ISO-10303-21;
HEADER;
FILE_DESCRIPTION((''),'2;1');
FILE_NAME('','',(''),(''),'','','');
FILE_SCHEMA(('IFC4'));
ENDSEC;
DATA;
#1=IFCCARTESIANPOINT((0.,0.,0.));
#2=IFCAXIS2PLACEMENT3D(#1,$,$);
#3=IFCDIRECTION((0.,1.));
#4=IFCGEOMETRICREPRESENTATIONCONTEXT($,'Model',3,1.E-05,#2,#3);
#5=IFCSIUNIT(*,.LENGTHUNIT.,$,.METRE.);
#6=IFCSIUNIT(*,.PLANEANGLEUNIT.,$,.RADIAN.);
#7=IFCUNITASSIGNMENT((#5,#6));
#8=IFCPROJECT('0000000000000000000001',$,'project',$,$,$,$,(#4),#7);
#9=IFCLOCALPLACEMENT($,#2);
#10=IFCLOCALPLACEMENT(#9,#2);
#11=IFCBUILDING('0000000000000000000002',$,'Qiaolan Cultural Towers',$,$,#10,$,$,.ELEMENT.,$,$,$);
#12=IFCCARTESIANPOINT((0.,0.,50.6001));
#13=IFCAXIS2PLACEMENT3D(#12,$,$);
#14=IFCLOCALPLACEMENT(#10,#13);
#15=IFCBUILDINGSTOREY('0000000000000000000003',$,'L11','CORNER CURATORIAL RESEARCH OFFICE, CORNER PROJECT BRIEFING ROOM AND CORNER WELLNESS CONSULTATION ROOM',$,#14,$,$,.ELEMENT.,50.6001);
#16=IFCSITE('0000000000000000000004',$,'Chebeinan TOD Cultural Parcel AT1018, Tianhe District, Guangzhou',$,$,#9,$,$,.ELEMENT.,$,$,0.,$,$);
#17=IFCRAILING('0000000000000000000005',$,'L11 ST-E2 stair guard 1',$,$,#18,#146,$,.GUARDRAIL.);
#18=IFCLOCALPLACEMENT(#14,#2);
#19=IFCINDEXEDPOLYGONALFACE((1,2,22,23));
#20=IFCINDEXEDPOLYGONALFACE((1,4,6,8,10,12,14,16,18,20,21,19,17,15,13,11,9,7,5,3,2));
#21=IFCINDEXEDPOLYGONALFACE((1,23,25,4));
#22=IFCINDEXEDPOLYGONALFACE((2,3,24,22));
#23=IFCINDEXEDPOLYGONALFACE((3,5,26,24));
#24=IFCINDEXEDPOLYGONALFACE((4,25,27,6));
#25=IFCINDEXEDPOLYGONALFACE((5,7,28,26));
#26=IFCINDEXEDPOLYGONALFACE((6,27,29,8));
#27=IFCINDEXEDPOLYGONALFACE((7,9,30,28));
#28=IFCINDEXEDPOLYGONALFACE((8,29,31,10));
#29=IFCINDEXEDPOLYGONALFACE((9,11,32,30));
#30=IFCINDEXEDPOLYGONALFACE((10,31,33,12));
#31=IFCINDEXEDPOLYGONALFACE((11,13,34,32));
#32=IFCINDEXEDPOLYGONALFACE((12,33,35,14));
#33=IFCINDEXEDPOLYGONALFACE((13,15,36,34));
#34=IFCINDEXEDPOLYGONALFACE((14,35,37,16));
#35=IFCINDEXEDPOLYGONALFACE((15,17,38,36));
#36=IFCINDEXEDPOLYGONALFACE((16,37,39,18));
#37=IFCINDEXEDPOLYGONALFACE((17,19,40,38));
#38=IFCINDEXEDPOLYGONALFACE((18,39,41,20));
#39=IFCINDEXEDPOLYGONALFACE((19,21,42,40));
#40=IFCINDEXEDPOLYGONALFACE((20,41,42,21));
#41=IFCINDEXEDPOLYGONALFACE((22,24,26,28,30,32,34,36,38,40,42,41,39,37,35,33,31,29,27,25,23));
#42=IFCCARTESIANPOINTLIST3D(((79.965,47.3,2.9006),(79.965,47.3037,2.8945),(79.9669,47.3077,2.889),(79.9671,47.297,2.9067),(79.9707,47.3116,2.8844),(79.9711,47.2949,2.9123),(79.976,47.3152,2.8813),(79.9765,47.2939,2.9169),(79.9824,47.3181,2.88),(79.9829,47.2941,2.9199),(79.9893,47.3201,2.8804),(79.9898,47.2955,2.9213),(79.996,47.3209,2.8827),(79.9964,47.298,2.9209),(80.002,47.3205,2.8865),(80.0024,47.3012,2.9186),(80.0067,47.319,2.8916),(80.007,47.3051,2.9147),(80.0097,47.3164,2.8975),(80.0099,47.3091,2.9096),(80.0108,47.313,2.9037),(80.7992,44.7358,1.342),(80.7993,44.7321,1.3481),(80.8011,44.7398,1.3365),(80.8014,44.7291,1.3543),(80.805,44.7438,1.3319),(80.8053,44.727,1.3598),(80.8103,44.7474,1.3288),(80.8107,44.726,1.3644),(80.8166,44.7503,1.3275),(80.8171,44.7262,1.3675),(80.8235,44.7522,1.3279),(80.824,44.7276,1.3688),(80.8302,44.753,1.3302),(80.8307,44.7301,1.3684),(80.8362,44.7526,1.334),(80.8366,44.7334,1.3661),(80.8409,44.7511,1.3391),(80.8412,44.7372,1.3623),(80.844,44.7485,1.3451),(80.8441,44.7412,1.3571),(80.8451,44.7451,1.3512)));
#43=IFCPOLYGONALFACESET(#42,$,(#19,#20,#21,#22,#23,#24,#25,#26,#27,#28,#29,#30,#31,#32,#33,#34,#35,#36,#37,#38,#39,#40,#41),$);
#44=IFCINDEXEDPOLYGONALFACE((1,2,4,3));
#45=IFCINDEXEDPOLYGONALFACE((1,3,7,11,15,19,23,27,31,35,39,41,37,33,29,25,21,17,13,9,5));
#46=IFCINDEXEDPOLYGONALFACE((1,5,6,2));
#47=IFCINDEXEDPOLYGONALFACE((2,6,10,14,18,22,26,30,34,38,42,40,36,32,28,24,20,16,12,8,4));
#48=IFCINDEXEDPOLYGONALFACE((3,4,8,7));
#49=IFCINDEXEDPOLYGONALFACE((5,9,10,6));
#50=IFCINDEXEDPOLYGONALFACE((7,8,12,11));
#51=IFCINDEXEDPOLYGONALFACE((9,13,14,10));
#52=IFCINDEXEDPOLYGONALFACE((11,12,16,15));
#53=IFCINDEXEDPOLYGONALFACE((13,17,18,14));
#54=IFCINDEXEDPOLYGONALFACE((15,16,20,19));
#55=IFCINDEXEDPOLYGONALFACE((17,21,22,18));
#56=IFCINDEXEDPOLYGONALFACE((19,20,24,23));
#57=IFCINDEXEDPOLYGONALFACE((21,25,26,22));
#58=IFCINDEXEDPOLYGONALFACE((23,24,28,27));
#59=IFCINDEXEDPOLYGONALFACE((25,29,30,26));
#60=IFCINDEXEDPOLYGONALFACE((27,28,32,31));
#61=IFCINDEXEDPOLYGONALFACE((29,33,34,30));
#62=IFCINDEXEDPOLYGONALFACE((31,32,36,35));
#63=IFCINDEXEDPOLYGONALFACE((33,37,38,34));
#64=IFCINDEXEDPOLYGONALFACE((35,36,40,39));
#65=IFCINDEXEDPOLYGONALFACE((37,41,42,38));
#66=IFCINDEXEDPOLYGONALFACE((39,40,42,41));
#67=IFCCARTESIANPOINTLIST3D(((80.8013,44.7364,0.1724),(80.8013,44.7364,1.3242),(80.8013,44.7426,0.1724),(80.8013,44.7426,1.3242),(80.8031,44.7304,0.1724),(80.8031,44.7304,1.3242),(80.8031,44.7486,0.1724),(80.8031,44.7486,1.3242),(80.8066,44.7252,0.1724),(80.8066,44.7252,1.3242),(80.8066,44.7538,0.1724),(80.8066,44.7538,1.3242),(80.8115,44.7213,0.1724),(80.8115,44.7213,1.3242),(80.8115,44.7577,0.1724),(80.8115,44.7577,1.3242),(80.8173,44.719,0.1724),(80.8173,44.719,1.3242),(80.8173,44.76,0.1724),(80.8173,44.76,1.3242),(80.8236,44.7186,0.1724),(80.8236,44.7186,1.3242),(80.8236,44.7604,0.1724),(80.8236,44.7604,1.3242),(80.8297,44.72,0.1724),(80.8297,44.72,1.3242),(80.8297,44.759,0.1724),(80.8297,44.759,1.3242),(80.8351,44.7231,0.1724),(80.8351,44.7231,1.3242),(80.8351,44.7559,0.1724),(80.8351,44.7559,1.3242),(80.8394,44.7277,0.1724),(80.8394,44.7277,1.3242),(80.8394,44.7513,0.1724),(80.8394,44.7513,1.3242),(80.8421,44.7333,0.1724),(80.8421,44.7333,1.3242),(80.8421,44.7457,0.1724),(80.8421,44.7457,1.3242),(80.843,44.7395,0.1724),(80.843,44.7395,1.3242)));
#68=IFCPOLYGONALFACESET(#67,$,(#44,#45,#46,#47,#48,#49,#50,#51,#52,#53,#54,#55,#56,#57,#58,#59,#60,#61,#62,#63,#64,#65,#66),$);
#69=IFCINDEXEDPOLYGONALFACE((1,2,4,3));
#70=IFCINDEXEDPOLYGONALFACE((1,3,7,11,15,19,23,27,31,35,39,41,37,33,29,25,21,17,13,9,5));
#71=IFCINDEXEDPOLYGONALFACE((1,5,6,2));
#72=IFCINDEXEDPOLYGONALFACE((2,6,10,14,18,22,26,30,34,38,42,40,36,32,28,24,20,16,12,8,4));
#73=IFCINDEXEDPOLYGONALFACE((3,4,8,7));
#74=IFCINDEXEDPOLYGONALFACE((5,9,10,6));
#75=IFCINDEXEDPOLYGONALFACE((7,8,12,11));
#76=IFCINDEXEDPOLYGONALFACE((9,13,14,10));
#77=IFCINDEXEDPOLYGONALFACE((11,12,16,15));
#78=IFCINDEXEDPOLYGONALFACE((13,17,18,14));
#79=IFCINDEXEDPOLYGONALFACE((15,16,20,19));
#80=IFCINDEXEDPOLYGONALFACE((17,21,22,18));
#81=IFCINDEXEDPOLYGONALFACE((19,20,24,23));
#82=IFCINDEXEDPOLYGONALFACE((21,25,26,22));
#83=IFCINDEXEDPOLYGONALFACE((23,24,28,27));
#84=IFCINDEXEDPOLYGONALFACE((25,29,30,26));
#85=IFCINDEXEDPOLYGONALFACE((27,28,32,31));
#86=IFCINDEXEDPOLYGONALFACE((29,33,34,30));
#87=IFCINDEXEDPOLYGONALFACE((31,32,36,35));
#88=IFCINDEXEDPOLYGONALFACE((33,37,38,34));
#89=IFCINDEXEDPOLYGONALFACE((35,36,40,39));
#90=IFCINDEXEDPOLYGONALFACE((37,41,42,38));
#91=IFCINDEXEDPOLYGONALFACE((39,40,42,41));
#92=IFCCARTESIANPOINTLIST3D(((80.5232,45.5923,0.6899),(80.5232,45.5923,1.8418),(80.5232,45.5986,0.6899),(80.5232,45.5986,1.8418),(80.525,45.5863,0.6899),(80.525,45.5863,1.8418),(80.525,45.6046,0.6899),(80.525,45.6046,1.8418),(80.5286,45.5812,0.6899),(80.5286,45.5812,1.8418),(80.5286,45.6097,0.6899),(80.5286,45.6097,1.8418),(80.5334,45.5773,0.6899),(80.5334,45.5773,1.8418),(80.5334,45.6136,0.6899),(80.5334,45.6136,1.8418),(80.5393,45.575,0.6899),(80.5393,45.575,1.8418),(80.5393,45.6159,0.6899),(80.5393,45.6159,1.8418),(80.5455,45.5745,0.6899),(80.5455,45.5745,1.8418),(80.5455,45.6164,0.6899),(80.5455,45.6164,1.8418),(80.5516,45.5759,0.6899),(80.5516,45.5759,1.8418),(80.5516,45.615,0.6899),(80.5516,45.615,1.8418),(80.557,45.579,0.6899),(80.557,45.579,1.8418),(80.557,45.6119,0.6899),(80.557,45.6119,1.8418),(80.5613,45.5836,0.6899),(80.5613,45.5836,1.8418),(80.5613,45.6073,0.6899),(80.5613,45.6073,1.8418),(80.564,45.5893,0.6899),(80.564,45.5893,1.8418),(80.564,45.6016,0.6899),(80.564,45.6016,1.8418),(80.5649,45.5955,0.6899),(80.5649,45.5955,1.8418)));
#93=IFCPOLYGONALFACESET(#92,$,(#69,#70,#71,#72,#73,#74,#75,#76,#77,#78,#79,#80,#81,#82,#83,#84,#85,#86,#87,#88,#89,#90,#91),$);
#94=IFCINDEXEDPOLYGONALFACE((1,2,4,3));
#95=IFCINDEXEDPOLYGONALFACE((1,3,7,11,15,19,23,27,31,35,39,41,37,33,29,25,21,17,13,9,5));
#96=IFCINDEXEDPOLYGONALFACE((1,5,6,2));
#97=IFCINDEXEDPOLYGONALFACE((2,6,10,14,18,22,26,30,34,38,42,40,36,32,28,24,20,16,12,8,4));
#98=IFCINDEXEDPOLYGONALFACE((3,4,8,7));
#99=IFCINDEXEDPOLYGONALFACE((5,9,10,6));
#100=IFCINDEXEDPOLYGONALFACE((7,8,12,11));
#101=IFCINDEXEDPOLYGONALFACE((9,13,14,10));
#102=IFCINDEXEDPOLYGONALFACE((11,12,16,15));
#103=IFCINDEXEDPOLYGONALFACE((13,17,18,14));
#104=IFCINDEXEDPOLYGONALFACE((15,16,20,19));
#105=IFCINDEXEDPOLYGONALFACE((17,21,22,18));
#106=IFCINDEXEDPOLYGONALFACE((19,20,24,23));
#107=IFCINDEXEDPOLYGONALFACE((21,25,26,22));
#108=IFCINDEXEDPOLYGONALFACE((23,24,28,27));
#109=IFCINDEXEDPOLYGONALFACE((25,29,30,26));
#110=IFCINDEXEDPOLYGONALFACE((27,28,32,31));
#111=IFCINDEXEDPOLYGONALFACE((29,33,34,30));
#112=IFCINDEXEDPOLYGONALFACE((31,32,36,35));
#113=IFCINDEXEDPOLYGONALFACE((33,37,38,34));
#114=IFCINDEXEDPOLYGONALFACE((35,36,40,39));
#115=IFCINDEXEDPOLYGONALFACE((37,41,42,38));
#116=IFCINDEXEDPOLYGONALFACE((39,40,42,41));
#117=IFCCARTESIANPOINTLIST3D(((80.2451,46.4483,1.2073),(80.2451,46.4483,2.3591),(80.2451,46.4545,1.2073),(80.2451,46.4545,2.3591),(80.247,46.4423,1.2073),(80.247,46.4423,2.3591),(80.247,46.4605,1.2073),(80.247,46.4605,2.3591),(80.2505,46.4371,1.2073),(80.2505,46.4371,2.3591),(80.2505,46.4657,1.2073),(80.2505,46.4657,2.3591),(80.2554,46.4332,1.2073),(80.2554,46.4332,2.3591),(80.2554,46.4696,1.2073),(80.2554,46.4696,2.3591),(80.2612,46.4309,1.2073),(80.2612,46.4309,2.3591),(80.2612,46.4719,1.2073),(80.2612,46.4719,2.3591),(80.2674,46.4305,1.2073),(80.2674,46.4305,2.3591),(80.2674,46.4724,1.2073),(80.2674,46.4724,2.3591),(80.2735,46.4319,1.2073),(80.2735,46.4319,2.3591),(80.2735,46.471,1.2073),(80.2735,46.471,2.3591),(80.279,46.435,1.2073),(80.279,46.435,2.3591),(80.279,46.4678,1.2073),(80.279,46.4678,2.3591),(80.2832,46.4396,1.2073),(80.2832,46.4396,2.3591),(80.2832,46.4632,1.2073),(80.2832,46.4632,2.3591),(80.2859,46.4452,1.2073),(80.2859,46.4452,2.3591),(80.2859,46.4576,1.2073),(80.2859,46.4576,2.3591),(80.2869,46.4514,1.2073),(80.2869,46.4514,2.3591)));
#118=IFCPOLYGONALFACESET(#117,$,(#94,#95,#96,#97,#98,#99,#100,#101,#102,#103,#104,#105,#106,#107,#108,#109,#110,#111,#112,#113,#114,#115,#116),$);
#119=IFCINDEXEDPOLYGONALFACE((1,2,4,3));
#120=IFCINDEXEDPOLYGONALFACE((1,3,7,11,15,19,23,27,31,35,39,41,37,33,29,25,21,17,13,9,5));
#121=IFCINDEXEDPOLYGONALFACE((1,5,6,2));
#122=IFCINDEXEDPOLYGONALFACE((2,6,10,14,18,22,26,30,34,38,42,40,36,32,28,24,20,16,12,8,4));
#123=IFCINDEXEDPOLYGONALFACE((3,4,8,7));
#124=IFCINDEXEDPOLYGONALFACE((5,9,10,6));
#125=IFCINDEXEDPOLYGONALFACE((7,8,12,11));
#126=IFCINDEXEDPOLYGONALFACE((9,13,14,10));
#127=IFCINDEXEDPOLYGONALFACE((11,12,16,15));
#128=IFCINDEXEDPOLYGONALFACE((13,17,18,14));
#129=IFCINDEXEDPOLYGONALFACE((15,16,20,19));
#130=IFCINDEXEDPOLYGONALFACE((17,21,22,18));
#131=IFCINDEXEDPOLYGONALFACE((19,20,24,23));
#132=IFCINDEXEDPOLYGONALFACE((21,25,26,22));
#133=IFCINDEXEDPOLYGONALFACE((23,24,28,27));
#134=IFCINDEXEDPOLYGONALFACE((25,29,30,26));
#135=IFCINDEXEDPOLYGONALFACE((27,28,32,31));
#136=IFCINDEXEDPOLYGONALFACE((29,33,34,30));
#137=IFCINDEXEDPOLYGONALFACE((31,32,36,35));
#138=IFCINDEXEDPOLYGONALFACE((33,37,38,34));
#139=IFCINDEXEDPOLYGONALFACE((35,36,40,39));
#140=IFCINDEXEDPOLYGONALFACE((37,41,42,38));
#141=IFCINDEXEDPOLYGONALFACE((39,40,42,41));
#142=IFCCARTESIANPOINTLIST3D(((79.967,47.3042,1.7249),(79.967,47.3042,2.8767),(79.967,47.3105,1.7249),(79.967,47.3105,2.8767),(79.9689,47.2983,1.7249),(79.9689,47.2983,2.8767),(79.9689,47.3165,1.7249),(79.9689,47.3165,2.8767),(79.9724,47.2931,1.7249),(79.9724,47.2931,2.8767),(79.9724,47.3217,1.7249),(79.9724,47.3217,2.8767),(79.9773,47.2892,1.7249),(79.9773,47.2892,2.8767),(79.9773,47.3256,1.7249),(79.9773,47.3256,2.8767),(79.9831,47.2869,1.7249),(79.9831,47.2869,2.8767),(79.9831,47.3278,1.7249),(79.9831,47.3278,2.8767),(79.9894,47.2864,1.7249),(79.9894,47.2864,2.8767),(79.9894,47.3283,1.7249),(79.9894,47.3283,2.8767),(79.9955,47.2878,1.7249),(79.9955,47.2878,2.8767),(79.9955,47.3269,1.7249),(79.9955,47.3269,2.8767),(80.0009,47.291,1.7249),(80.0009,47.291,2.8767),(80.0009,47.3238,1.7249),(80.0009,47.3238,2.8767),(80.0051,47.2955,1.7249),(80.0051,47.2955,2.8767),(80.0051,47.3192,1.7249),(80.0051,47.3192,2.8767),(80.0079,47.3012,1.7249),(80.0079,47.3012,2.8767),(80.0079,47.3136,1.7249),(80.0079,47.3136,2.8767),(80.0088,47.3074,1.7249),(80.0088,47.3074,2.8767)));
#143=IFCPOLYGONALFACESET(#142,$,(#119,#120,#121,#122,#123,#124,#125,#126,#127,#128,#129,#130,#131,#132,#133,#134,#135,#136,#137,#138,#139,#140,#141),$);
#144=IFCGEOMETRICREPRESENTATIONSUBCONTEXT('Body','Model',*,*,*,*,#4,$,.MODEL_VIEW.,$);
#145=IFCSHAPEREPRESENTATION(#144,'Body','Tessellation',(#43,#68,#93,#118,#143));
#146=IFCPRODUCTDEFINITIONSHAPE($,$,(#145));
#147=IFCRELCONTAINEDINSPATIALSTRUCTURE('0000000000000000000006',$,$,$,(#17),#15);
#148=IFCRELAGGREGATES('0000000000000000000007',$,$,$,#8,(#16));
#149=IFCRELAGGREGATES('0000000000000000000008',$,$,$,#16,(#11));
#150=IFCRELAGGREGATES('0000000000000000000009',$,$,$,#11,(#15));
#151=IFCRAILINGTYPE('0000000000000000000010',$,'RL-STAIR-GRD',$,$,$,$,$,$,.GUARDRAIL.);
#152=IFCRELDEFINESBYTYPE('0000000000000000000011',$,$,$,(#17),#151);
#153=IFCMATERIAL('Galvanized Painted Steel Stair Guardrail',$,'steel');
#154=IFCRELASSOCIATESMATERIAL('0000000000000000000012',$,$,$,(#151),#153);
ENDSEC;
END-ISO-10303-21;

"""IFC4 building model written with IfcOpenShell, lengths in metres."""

from ifc_helpers import new_model, si_unit, direction, frame, origin, origin_2d, place, context, subcontext, project, spatial, circle, extrude, material, type_object, element, save


model = new_model("IFC4")

# Units and contexts
model_context = context("Model", 3, precision=1e-05, world=origin(), true_north=direction((0.0, 1.0)))
body_context = subcontext(model_context, "Body", "Model", "MODEL_VIEW")
ifc_project = project(units=[si_unit("LENGTHUNIT", "METRE"), si_unit("PLANEANGLEUNIT", "RADIAN")], contexts=[model_context])

# Site, building, storey
site_placement = place(None, origin())
site = spatial("IfcSite", under=ifc_project, at=site_placement, Name="Chebeinan TOD Cultural Parcel AT1018, Tianhe District, Guangzhou", CompositionType="ELEMENT", RefElevation=0.0)
building_placement = place(site_placement, origin())
building = spatial("IfcBuilding", under=site, at=building_placement, Name="Qiaolan Cultural Towers", CompositionType="ELEMENT")
storey_placement = place(building_placement, frame((0.0, 0.0, 50.6001)))
storey = spatial("IfcBuildingStorey", under=building, at=storey_placement, Name="L11", Description="CORNER CURATORIAL RESEARCH OFFICE, CORNER PROJECT BRIEFING ROOM AND CORNER WELLNESS CONSULTATION ROOM", CompositionType="ELEMENT", Elevation=50.6001)

# Railing
ifc_material_1 = material(Name="Galvanized Painted Steel Stair Guardrail", Category="steel")
railing_type_1 = type_object("IfcRailingType", Name="RL-STAIR-GRD", PredefinedType="GUARDRAIL", material=ifc_material_1)
railing_1_placement = place(storey_placement, frame((80.822, 44.7395, 0.1724)))
element("IfcRailing", 1, at=railing_1_placement, inside=storey, type_object=railing_type_1, Name="L11 ST-E2 stair guard 1", PredefinedType="GUARDRAIL", context=body_context, shape_type="SweptSolid", body=[
    extrude(circle(Radius=0.0239, at=origin_2d()), frame((0.0, 0.0, 1.1758), z_axis=(-0.267853, 0.824488, 0.498471), x_axis=(-0.95107, -0.308976, 0.0)), (0.0, 0.0, 1.0), 3.1145),
    extrude(circle(Radius=0.021, at=origin_2d()), origin(), (0.0, 0.0, 1.0), 1.1519),
    extrude(circle(Radius=0.021, at=origin_2d()), frame((-0.2781, 0.856, 0.5176)), (0.0, 0.0, 1.0), 1.1519),
    extrude(circle(Radius=0.021, at=origin_2d()), frame((-0.5562, 1.7119, 1.0349)), (0.0, 0.0, 1.0), 1.1519),
    extrude(circle(Radius=0.021, at=origin_2d()), frame((-0.8342, 2.5679, 1.5525)), (0.0, 0.0, 1.0), 1.1519),
])

save(model, "model.ifc")
